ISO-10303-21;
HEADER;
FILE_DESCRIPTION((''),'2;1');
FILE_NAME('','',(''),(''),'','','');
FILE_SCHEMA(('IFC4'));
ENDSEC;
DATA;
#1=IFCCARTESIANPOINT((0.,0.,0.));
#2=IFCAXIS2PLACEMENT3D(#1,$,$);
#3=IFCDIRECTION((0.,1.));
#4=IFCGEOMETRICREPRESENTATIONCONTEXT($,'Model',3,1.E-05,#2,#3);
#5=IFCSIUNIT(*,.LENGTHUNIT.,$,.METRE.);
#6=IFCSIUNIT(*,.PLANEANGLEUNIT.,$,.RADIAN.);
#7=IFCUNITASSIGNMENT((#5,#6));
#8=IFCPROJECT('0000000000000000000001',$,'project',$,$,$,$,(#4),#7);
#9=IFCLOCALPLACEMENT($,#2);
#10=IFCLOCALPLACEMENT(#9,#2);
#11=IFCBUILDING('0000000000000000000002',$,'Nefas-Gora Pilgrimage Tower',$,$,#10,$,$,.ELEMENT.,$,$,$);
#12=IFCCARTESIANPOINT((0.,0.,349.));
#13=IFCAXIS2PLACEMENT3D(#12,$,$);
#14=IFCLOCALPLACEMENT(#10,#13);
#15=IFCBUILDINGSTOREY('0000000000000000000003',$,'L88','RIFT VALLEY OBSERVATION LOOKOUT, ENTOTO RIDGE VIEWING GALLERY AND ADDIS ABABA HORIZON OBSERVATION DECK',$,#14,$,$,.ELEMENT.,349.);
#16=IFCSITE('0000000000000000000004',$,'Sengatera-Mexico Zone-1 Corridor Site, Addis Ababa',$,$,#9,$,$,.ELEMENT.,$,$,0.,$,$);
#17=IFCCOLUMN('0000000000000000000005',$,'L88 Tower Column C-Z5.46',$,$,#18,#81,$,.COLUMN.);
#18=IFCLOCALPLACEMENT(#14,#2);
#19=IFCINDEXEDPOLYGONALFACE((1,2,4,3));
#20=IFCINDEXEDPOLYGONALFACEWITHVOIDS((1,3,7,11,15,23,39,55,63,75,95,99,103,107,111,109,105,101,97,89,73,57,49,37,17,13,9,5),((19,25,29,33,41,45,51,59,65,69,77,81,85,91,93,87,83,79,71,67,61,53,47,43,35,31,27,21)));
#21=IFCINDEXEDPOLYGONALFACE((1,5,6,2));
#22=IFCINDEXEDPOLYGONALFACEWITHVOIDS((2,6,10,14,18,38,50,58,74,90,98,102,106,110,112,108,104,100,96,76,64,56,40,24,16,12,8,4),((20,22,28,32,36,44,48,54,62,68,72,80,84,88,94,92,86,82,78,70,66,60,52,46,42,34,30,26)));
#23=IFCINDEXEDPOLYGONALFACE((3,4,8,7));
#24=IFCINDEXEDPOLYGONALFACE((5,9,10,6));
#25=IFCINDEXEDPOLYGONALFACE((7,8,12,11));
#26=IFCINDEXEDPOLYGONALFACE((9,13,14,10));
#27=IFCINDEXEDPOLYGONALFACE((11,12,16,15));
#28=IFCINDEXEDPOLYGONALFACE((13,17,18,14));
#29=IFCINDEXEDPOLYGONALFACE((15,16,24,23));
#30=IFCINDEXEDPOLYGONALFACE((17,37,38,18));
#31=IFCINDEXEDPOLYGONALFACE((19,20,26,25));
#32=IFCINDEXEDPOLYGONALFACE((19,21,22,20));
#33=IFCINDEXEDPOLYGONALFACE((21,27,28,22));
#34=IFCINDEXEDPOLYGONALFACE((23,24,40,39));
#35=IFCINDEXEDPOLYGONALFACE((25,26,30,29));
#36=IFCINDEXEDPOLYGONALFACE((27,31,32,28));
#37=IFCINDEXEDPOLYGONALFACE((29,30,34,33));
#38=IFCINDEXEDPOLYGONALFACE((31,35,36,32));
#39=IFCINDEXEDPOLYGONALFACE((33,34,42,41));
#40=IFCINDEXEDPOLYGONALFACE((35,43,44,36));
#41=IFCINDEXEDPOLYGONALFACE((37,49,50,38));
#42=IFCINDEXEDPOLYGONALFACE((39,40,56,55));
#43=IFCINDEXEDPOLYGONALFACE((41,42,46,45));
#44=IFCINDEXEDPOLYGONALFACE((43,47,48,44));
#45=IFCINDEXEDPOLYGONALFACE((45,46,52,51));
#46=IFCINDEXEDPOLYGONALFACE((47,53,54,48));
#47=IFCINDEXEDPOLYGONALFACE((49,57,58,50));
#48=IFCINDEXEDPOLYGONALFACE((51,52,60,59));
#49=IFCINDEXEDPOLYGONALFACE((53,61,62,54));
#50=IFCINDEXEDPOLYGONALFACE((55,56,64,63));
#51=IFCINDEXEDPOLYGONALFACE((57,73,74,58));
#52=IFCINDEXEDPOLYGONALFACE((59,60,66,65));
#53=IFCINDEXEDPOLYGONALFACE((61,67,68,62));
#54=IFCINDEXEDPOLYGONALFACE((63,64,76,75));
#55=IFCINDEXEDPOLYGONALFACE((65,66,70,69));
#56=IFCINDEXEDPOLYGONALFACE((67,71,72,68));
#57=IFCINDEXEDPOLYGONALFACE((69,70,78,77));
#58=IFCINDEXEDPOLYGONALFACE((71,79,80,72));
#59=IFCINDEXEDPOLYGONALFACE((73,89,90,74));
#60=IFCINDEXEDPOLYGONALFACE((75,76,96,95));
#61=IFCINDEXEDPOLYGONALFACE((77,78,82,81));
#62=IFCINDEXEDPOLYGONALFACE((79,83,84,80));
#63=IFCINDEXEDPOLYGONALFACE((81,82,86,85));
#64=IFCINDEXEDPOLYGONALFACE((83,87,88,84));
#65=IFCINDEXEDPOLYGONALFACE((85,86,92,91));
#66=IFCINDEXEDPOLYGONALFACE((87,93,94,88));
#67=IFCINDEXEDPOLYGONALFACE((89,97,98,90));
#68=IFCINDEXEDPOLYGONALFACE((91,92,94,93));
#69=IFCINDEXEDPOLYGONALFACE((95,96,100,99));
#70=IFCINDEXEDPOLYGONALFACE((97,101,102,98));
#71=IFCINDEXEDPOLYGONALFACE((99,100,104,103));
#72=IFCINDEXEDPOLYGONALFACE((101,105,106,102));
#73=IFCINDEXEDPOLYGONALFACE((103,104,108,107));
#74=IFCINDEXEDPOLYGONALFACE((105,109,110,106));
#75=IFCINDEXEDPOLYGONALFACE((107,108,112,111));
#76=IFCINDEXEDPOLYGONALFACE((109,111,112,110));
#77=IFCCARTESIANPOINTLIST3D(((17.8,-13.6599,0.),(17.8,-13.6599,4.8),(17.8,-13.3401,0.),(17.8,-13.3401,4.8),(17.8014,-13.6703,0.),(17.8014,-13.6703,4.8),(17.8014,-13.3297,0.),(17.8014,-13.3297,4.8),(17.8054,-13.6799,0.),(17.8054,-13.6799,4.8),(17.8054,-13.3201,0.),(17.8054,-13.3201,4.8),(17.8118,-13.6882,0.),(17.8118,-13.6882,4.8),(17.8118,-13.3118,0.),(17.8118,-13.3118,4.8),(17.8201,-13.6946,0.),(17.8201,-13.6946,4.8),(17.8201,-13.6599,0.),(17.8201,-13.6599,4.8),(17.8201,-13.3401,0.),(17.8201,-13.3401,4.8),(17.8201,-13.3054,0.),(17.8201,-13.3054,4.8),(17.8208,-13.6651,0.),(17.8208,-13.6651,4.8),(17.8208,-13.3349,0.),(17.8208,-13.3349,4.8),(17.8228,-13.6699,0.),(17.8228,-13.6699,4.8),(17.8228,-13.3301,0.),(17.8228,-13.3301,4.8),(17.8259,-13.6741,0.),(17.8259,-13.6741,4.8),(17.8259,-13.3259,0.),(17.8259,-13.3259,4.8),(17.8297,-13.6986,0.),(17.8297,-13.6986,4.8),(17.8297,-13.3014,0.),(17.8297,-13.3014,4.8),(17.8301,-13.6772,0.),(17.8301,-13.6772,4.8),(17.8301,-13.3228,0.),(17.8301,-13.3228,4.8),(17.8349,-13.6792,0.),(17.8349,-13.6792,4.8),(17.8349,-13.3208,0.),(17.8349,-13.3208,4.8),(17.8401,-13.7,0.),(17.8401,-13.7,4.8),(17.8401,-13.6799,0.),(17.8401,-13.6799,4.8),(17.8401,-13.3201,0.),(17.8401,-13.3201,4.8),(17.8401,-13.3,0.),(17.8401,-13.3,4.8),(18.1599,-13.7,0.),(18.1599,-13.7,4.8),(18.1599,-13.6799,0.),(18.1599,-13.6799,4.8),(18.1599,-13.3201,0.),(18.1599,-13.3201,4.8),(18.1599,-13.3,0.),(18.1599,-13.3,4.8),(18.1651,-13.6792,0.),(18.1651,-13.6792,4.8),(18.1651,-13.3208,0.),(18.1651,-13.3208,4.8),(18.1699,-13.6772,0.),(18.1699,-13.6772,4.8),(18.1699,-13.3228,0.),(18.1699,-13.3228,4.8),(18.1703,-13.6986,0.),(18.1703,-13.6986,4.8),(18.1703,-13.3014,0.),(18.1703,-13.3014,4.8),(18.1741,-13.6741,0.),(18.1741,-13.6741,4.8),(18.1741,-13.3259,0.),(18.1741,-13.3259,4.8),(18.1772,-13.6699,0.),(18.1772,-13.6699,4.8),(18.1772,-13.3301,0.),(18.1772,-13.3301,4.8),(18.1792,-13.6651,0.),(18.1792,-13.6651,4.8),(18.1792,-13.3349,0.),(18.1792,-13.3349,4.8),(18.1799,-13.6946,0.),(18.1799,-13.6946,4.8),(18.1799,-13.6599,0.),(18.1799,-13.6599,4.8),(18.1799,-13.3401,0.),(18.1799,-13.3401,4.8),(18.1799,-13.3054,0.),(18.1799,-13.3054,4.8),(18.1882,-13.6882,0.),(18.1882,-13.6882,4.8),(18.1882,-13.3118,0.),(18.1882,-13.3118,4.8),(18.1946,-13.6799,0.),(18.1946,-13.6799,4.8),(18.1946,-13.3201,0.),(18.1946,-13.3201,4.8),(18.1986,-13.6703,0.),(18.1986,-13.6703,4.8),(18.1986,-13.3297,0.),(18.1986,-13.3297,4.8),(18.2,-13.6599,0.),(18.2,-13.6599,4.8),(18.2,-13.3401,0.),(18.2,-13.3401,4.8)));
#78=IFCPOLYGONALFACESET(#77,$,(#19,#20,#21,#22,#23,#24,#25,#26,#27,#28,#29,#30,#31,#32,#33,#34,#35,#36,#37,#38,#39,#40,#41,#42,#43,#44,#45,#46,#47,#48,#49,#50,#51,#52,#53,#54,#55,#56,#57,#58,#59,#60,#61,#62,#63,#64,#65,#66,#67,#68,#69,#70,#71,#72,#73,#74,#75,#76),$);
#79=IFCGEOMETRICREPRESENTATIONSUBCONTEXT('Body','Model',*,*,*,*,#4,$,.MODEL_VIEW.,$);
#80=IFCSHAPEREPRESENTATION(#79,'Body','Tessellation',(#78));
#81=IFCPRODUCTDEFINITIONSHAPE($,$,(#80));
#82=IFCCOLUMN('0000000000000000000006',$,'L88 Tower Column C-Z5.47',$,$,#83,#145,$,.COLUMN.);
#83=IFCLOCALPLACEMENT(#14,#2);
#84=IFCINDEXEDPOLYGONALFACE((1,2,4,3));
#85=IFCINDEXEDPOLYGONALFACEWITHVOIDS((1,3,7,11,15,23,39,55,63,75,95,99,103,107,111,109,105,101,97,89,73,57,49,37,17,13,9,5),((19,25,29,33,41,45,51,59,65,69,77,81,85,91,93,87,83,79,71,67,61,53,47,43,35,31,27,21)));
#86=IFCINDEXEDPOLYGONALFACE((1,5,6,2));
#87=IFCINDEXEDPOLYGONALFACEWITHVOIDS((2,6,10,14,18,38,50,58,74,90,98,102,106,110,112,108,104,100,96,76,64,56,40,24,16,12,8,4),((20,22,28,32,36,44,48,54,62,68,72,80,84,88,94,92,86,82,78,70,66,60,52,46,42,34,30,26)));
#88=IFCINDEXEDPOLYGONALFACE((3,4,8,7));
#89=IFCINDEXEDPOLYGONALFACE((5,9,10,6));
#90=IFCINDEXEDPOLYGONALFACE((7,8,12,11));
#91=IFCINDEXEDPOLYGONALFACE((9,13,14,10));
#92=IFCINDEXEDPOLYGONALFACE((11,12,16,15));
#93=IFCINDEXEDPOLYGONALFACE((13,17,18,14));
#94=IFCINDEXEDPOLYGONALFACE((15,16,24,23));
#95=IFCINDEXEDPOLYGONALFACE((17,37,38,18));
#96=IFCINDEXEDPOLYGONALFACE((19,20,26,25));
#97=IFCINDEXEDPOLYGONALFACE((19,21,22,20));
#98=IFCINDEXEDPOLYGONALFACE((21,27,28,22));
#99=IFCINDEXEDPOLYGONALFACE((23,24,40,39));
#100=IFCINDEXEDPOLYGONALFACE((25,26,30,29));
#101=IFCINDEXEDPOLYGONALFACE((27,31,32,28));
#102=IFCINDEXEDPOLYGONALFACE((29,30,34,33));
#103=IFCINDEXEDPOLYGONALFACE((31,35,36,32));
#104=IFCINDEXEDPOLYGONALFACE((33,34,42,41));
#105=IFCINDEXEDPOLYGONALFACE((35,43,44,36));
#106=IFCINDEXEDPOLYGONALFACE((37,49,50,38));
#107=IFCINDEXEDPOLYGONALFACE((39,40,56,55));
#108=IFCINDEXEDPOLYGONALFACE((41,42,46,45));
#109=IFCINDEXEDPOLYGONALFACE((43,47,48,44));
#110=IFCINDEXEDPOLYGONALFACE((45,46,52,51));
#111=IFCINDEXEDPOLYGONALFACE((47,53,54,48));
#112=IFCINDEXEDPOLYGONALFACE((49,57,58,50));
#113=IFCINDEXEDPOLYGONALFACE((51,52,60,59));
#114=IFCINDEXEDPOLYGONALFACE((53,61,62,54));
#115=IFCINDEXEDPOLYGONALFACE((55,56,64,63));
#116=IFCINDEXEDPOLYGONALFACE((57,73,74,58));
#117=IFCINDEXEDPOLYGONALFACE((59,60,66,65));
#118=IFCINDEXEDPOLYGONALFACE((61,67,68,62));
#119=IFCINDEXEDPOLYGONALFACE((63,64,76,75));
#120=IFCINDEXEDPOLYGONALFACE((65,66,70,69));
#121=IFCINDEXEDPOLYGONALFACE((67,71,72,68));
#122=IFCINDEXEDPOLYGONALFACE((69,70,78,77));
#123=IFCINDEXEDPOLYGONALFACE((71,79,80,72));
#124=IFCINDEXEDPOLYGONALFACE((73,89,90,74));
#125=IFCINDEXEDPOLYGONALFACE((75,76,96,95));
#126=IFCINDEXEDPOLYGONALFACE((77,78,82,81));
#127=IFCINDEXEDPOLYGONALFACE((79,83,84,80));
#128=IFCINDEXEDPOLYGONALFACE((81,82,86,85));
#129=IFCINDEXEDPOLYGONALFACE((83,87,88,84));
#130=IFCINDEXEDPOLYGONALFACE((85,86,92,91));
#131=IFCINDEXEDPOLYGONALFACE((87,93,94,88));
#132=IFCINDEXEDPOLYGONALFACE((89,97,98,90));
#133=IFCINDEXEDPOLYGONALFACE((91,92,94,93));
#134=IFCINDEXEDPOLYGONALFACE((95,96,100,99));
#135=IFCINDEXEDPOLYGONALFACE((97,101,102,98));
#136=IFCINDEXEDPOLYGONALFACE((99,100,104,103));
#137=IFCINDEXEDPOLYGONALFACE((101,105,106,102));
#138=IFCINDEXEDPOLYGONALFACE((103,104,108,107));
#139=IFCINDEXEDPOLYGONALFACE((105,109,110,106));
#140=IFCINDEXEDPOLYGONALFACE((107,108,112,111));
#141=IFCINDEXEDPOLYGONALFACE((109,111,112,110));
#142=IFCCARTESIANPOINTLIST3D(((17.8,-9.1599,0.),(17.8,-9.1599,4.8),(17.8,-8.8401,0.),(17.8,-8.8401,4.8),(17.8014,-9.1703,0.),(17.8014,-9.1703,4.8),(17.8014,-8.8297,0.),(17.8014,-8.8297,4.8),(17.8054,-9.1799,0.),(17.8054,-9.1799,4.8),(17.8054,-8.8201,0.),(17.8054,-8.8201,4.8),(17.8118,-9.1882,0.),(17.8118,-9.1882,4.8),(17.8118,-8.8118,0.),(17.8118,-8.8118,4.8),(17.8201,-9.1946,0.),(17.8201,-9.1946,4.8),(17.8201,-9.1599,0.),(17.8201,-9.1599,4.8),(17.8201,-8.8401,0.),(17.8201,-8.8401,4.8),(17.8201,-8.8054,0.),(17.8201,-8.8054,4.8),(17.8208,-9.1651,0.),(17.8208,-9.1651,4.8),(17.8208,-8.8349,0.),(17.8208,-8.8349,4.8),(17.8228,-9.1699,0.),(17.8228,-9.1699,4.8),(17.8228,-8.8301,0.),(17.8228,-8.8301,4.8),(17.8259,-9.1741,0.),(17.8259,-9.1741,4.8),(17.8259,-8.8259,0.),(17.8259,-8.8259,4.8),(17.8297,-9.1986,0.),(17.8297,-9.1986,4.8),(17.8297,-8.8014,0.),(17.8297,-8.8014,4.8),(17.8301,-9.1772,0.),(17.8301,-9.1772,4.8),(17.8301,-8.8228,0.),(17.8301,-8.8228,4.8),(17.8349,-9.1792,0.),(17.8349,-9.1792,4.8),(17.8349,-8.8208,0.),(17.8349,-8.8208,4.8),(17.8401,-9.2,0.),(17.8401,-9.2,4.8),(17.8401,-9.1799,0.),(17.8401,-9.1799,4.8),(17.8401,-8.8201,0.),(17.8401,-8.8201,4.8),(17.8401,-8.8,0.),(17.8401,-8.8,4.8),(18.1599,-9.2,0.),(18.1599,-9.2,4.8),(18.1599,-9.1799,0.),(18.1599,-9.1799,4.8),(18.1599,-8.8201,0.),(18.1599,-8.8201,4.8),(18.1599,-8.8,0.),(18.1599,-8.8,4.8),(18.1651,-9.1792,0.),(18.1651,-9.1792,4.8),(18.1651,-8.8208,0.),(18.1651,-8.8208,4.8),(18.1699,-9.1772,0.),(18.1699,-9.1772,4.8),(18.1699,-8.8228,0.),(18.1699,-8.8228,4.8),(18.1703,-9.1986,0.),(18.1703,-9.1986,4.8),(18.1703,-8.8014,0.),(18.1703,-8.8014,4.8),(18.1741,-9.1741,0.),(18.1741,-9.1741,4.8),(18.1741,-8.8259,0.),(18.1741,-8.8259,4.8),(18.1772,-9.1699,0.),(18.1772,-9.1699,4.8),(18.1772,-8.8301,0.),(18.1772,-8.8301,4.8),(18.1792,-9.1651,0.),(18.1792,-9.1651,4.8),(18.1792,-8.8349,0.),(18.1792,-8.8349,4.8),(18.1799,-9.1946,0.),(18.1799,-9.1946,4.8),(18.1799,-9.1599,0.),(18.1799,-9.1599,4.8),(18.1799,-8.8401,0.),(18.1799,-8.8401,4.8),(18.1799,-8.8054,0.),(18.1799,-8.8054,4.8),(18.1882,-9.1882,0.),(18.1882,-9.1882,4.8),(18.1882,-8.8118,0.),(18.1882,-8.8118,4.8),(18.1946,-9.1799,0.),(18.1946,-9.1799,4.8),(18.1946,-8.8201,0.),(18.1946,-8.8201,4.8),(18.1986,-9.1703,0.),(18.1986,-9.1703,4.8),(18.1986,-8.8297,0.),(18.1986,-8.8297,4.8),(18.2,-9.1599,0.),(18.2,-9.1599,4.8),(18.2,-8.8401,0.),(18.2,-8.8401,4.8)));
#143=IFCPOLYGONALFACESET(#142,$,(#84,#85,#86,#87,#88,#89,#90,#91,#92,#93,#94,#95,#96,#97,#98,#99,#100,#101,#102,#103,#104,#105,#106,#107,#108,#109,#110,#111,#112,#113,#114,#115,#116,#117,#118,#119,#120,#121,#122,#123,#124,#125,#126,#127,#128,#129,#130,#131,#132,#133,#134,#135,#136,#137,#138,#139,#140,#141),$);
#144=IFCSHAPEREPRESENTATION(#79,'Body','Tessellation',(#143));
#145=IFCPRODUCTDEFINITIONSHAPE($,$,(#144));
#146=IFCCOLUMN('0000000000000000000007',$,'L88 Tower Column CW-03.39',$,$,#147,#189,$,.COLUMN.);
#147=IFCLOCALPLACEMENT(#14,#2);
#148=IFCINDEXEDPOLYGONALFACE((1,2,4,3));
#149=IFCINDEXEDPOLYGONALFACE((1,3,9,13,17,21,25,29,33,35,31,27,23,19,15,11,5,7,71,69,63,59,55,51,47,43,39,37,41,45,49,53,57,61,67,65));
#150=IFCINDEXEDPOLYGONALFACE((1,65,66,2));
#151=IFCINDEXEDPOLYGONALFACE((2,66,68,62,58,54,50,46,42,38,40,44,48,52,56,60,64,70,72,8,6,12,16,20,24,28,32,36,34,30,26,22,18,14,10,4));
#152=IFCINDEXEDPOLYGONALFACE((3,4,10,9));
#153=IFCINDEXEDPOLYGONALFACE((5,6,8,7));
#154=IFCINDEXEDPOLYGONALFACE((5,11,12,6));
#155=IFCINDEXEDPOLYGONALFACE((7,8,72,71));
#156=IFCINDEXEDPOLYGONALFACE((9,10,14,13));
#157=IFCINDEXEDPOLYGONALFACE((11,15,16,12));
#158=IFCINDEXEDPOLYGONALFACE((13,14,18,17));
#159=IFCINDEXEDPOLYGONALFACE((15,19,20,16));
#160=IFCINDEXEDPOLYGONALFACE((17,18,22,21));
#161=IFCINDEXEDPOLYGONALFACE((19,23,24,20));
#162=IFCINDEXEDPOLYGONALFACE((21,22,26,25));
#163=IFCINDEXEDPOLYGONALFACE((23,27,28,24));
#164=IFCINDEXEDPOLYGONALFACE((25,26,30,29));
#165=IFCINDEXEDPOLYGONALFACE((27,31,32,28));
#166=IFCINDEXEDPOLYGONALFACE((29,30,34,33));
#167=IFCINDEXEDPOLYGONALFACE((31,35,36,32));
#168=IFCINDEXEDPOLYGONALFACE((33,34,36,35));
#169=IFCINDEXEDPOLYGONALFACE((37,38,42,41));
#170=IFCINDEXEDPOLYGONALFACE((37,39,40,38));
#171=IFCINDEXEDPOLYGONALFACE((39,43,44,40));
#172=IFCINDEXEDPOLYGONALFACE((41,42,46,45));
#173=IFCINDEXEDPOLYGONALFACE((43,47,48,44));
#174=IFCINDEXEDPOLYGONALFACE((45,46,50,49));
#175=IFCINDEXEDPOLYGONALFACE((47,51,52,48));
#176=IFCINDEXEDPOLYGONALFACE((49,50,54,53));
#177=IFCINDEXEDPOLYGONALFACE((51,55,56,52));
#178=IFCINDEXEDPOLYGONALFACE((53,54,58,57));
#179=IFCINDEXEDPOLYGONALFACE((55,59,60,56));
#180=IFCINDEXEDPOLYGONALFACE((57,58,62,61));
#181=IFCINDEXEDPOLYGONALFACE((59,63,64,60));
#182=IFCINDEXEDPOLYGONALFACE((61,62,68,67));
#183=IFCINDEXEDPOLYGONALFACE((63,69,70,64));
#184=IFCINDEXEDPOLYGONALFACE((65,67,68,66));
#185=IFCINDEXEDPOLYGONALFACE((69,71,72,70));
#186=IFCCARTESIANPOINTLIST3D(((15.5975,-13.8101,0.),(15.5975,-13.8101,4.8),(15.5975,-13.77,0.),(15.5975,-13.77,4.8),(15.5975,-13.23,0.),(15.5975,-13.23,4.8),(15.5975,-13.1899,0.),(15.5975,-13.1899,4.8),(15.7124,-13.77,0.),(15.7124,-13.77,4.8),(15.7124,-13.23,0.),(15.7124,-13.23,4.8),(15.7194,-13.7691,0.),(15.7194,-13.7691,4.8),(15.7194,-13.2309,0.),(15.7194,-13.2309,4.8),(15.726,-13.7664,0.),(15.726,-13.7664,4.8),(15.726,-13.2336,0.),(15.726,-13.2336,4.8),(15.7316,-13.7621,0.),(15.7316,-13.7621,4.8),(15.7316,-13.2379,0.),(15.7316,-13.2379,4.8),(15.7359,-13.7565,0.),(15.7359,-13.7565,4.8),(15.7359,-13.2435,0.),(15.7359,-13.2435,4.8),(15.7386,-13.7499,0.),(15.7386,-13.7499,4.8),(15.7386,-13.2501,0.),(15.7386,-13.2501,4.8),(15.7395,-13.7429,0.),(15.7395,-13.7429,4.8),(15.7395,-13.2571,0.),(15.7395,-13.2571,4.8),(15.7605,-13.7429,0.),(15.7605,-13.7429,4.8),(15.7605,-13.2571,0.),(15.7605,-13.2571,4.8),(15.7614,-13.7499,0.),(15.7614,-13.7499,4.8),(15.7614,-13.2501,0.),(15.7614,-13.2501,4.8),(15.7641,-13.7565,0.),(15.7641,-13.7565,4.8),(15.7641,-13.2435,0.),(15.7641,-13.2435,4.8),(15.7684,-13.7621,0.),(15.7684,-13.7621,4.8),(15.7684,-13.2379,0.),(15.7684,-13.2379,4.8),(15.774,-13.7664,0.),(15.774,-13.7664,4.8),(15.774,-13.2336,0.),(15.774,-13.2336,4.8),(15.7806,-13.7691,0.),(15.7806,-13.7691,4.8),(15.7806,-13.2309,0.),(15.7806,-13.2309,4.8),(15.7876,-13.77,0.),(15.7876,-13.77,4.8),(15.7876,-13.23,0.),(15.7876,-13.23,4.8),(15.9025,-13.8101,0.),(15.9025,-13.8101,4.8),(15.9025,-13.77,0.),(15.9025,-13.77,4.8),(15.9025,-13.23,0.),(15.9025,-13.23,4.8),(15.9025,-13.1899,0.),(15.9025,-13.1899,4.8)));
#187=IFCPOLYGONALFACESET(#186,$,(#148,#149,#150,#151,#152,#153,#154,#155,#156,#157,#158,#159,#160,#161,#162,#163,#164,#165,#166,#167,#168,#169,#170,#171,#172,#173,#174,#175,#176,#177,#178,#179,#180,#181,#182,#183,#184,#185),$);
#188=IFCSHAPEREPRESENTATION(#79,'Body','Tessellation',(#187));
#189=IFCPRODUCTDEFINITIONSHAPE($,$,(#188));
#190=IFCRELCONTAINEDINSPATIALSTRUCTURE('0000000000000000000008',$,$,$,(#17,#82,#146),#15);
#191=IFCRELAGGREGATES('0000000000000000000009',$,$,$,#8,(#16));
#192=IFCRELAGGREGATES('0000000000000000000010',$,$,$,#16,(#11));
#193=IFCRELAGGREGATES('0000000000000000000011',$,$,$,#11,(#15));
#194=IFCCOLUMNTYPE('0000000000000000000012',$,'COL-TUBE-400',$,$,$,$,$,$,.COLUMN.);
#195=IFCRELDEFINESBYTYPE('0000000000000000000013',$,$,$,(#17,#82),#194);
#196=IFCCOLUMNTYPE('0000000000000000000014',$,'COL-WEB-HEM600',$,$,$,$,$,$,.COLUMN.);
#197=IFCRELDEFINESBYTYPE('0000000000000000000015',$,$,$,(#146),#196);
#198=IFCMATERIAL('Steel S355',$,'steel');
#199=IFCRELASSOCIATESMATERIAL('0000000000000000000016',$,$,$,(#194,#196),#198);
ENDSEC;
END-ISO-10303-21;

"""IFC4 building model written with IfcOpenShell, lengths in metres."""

from ifc_helpers import new_model, si_unit, direction, frame, origin, origin_2d, place, context, subcontext, project, spatial, hollow_rectangle, i_section, extrude, source, transform, mapped, material, material_profile, profile_set, type_object, element, save


model = new_model("IFC4")

# Units and contexts
model_context = context("Model", 3, precision=1e-05, world=origin(), true_north=direction((0.0, 1.0)))
body_context = subcontext(model_context, "Body", "Model", "MODEL_VIEW")
ifc_project = project(units=[si_unit("LENGTHUNIT", "METRE"), si_unit("PLANEANGLEUNIT", "RADIAN")], contexts=[model_context])

# Site, building, storey
site_placement = place(None, origin())
site = spatial("IfcSite", under=ifc_project, at=site_placement, Name="Sengatera-Mexico Zone-1 Corridor Site, Addis Ababa", CompositionType="ELEMENT", RefElevation=0.0)
building_placement = place(site_placement, origin())
building = spatial("IfcBuilding", under=site, at=building_placement, Name="Nefas-Gora Pilgrimage Tower", CompositionType="ELEMENT")
storey_placement = place(building_placement, frame((0.0, 0.0, 349.0)))
storey = spatial("IfcBuildingStorey", under=building, at=storey_placement, Name="L88", Description="RIFT VALLEY OBSERVATION LOOKOUT, ENTOTO RIDGE VIEWING GALLERY AND ADDIS ABABA HORIZON OBSERVATION DECK", CompositionType="ELEMENT", Elevation=349.0)

# Columns
ifc_material_1 = material(Name="Steel S355", Category="steel")
ifc_material_profile_1 = material_profile(ifc_material_1, hollow_rectangle(XDim=0.3999, YDim=0.3999, WallThickness=0.02, InnerFilletRadius=0.02, OuterFilletRadius=0.04, at=origin_2d()), Name="SHS 400x400x20")
ifc_profile_set_1 = profile_set([ifc_material_profile_1], Name="Steel S355")
column_type_1 = type_object("IfcColumnType", Name="COL-TUBE-400", PredefinedType="COLUMN", material=ifc_profile_set_1)
shared_shape_1 = source(origin(), body_context, "Body", "SweptSolid", [
    extrude(hollow_rectangle(XDim=0.3999, YDim=0.3999, WallThickness=0.02, InnerFilletRadius=0.02, OuterFilletRadius=0.04, at=origin_2d()), origin(), (0.0, 0.0, 1.0), 4.8),
])
for number, where, z_axis, x_axis, name in (
    (1, (18.0, -13.5, 0.0), (0.0, 0.0, 1.0), (1.0, 0.0, 0.0), "L88 Tower Column C-Z5.46"),
    (2, (18.0, -9.0, 0.0), (0.0, 0.0, 1.0), (1.0, 0.0, 0.0), "L88 Tower Column C-Z5.47"),
):
    element("IfcColumn", number, at=place(storey_placement, frame(where, z_axis=z_axis, x_axis=x_axis)), inside=storey, type_object=column_type_1, Name=name, PredefinedType="COLUMN", context=body_context, shape_type="MappedRepresentation", body=[
        mapped(shared_shape_1, transform((0.0, 0.0, 0.0), x_axis=(1.0, 0.0, 0.0), y_axis=(0.0, 1.0, 0.0), z_axis=(0.0, 0.0, 1.0), scale=1.0)),
    ])
ifc_material_profile_2 = material_profile(ifc_material_1, i_section(OverallWidth=0.3049, OverallDepth=0.6201, WebThickness=0.021, FlangeThickness=0.04, FilletRadius=0.0271, at=origin_2d()), Name="HEM 600")
ifc_profile_set_2 = profile_set([ifc_material_profile_2], Name="Steel S355")
column_type_2 = type_object("IfcColumnType", Name="COL-WEB-HEM600", PredefinedType="COLUMN", material=ifc_profile_set_2)
shared_shape_2 = source(origin(), body_context, "Body", "SweptSolid", [
    extrude(i_section(OverallWidth=0.3049, OverallDepth=0.6201, WebThickness=0.021, FlangeThickness=0.04, FilletRadius=0.0271, at=origin_2d()), origin(), (0.0, 0.0, 1.0), 4.8),
])
for number, where, z_axis, x_axis, name in (
    (3, (15.75, -13.5, 0.0), (0.0, 0.0, 1.0), (1.0, 0.0, 0.0), "L88 Tower Column CW-03.39"),
):
    element("IfcColumn", number, at=place(storey_placement, frame(where, z_axis=z_axis, x_axis=x_axis)), inside=storey, type_object=column_type_2, Name=name, PredefinedType="COLUMN", context=body_context, shape_type="MappedRepresentation", body=[
        mapped(shared_shape_2, transform((0.0, 0.0, 0.0), x_axis=(1.0, 0.0, 0.0), y_axis=(0.0, 1.0, 0.0), z_axis=(0.0, 0.0, 1.0), scale=1.0)),
    ])

save(model, "model.ifc")
